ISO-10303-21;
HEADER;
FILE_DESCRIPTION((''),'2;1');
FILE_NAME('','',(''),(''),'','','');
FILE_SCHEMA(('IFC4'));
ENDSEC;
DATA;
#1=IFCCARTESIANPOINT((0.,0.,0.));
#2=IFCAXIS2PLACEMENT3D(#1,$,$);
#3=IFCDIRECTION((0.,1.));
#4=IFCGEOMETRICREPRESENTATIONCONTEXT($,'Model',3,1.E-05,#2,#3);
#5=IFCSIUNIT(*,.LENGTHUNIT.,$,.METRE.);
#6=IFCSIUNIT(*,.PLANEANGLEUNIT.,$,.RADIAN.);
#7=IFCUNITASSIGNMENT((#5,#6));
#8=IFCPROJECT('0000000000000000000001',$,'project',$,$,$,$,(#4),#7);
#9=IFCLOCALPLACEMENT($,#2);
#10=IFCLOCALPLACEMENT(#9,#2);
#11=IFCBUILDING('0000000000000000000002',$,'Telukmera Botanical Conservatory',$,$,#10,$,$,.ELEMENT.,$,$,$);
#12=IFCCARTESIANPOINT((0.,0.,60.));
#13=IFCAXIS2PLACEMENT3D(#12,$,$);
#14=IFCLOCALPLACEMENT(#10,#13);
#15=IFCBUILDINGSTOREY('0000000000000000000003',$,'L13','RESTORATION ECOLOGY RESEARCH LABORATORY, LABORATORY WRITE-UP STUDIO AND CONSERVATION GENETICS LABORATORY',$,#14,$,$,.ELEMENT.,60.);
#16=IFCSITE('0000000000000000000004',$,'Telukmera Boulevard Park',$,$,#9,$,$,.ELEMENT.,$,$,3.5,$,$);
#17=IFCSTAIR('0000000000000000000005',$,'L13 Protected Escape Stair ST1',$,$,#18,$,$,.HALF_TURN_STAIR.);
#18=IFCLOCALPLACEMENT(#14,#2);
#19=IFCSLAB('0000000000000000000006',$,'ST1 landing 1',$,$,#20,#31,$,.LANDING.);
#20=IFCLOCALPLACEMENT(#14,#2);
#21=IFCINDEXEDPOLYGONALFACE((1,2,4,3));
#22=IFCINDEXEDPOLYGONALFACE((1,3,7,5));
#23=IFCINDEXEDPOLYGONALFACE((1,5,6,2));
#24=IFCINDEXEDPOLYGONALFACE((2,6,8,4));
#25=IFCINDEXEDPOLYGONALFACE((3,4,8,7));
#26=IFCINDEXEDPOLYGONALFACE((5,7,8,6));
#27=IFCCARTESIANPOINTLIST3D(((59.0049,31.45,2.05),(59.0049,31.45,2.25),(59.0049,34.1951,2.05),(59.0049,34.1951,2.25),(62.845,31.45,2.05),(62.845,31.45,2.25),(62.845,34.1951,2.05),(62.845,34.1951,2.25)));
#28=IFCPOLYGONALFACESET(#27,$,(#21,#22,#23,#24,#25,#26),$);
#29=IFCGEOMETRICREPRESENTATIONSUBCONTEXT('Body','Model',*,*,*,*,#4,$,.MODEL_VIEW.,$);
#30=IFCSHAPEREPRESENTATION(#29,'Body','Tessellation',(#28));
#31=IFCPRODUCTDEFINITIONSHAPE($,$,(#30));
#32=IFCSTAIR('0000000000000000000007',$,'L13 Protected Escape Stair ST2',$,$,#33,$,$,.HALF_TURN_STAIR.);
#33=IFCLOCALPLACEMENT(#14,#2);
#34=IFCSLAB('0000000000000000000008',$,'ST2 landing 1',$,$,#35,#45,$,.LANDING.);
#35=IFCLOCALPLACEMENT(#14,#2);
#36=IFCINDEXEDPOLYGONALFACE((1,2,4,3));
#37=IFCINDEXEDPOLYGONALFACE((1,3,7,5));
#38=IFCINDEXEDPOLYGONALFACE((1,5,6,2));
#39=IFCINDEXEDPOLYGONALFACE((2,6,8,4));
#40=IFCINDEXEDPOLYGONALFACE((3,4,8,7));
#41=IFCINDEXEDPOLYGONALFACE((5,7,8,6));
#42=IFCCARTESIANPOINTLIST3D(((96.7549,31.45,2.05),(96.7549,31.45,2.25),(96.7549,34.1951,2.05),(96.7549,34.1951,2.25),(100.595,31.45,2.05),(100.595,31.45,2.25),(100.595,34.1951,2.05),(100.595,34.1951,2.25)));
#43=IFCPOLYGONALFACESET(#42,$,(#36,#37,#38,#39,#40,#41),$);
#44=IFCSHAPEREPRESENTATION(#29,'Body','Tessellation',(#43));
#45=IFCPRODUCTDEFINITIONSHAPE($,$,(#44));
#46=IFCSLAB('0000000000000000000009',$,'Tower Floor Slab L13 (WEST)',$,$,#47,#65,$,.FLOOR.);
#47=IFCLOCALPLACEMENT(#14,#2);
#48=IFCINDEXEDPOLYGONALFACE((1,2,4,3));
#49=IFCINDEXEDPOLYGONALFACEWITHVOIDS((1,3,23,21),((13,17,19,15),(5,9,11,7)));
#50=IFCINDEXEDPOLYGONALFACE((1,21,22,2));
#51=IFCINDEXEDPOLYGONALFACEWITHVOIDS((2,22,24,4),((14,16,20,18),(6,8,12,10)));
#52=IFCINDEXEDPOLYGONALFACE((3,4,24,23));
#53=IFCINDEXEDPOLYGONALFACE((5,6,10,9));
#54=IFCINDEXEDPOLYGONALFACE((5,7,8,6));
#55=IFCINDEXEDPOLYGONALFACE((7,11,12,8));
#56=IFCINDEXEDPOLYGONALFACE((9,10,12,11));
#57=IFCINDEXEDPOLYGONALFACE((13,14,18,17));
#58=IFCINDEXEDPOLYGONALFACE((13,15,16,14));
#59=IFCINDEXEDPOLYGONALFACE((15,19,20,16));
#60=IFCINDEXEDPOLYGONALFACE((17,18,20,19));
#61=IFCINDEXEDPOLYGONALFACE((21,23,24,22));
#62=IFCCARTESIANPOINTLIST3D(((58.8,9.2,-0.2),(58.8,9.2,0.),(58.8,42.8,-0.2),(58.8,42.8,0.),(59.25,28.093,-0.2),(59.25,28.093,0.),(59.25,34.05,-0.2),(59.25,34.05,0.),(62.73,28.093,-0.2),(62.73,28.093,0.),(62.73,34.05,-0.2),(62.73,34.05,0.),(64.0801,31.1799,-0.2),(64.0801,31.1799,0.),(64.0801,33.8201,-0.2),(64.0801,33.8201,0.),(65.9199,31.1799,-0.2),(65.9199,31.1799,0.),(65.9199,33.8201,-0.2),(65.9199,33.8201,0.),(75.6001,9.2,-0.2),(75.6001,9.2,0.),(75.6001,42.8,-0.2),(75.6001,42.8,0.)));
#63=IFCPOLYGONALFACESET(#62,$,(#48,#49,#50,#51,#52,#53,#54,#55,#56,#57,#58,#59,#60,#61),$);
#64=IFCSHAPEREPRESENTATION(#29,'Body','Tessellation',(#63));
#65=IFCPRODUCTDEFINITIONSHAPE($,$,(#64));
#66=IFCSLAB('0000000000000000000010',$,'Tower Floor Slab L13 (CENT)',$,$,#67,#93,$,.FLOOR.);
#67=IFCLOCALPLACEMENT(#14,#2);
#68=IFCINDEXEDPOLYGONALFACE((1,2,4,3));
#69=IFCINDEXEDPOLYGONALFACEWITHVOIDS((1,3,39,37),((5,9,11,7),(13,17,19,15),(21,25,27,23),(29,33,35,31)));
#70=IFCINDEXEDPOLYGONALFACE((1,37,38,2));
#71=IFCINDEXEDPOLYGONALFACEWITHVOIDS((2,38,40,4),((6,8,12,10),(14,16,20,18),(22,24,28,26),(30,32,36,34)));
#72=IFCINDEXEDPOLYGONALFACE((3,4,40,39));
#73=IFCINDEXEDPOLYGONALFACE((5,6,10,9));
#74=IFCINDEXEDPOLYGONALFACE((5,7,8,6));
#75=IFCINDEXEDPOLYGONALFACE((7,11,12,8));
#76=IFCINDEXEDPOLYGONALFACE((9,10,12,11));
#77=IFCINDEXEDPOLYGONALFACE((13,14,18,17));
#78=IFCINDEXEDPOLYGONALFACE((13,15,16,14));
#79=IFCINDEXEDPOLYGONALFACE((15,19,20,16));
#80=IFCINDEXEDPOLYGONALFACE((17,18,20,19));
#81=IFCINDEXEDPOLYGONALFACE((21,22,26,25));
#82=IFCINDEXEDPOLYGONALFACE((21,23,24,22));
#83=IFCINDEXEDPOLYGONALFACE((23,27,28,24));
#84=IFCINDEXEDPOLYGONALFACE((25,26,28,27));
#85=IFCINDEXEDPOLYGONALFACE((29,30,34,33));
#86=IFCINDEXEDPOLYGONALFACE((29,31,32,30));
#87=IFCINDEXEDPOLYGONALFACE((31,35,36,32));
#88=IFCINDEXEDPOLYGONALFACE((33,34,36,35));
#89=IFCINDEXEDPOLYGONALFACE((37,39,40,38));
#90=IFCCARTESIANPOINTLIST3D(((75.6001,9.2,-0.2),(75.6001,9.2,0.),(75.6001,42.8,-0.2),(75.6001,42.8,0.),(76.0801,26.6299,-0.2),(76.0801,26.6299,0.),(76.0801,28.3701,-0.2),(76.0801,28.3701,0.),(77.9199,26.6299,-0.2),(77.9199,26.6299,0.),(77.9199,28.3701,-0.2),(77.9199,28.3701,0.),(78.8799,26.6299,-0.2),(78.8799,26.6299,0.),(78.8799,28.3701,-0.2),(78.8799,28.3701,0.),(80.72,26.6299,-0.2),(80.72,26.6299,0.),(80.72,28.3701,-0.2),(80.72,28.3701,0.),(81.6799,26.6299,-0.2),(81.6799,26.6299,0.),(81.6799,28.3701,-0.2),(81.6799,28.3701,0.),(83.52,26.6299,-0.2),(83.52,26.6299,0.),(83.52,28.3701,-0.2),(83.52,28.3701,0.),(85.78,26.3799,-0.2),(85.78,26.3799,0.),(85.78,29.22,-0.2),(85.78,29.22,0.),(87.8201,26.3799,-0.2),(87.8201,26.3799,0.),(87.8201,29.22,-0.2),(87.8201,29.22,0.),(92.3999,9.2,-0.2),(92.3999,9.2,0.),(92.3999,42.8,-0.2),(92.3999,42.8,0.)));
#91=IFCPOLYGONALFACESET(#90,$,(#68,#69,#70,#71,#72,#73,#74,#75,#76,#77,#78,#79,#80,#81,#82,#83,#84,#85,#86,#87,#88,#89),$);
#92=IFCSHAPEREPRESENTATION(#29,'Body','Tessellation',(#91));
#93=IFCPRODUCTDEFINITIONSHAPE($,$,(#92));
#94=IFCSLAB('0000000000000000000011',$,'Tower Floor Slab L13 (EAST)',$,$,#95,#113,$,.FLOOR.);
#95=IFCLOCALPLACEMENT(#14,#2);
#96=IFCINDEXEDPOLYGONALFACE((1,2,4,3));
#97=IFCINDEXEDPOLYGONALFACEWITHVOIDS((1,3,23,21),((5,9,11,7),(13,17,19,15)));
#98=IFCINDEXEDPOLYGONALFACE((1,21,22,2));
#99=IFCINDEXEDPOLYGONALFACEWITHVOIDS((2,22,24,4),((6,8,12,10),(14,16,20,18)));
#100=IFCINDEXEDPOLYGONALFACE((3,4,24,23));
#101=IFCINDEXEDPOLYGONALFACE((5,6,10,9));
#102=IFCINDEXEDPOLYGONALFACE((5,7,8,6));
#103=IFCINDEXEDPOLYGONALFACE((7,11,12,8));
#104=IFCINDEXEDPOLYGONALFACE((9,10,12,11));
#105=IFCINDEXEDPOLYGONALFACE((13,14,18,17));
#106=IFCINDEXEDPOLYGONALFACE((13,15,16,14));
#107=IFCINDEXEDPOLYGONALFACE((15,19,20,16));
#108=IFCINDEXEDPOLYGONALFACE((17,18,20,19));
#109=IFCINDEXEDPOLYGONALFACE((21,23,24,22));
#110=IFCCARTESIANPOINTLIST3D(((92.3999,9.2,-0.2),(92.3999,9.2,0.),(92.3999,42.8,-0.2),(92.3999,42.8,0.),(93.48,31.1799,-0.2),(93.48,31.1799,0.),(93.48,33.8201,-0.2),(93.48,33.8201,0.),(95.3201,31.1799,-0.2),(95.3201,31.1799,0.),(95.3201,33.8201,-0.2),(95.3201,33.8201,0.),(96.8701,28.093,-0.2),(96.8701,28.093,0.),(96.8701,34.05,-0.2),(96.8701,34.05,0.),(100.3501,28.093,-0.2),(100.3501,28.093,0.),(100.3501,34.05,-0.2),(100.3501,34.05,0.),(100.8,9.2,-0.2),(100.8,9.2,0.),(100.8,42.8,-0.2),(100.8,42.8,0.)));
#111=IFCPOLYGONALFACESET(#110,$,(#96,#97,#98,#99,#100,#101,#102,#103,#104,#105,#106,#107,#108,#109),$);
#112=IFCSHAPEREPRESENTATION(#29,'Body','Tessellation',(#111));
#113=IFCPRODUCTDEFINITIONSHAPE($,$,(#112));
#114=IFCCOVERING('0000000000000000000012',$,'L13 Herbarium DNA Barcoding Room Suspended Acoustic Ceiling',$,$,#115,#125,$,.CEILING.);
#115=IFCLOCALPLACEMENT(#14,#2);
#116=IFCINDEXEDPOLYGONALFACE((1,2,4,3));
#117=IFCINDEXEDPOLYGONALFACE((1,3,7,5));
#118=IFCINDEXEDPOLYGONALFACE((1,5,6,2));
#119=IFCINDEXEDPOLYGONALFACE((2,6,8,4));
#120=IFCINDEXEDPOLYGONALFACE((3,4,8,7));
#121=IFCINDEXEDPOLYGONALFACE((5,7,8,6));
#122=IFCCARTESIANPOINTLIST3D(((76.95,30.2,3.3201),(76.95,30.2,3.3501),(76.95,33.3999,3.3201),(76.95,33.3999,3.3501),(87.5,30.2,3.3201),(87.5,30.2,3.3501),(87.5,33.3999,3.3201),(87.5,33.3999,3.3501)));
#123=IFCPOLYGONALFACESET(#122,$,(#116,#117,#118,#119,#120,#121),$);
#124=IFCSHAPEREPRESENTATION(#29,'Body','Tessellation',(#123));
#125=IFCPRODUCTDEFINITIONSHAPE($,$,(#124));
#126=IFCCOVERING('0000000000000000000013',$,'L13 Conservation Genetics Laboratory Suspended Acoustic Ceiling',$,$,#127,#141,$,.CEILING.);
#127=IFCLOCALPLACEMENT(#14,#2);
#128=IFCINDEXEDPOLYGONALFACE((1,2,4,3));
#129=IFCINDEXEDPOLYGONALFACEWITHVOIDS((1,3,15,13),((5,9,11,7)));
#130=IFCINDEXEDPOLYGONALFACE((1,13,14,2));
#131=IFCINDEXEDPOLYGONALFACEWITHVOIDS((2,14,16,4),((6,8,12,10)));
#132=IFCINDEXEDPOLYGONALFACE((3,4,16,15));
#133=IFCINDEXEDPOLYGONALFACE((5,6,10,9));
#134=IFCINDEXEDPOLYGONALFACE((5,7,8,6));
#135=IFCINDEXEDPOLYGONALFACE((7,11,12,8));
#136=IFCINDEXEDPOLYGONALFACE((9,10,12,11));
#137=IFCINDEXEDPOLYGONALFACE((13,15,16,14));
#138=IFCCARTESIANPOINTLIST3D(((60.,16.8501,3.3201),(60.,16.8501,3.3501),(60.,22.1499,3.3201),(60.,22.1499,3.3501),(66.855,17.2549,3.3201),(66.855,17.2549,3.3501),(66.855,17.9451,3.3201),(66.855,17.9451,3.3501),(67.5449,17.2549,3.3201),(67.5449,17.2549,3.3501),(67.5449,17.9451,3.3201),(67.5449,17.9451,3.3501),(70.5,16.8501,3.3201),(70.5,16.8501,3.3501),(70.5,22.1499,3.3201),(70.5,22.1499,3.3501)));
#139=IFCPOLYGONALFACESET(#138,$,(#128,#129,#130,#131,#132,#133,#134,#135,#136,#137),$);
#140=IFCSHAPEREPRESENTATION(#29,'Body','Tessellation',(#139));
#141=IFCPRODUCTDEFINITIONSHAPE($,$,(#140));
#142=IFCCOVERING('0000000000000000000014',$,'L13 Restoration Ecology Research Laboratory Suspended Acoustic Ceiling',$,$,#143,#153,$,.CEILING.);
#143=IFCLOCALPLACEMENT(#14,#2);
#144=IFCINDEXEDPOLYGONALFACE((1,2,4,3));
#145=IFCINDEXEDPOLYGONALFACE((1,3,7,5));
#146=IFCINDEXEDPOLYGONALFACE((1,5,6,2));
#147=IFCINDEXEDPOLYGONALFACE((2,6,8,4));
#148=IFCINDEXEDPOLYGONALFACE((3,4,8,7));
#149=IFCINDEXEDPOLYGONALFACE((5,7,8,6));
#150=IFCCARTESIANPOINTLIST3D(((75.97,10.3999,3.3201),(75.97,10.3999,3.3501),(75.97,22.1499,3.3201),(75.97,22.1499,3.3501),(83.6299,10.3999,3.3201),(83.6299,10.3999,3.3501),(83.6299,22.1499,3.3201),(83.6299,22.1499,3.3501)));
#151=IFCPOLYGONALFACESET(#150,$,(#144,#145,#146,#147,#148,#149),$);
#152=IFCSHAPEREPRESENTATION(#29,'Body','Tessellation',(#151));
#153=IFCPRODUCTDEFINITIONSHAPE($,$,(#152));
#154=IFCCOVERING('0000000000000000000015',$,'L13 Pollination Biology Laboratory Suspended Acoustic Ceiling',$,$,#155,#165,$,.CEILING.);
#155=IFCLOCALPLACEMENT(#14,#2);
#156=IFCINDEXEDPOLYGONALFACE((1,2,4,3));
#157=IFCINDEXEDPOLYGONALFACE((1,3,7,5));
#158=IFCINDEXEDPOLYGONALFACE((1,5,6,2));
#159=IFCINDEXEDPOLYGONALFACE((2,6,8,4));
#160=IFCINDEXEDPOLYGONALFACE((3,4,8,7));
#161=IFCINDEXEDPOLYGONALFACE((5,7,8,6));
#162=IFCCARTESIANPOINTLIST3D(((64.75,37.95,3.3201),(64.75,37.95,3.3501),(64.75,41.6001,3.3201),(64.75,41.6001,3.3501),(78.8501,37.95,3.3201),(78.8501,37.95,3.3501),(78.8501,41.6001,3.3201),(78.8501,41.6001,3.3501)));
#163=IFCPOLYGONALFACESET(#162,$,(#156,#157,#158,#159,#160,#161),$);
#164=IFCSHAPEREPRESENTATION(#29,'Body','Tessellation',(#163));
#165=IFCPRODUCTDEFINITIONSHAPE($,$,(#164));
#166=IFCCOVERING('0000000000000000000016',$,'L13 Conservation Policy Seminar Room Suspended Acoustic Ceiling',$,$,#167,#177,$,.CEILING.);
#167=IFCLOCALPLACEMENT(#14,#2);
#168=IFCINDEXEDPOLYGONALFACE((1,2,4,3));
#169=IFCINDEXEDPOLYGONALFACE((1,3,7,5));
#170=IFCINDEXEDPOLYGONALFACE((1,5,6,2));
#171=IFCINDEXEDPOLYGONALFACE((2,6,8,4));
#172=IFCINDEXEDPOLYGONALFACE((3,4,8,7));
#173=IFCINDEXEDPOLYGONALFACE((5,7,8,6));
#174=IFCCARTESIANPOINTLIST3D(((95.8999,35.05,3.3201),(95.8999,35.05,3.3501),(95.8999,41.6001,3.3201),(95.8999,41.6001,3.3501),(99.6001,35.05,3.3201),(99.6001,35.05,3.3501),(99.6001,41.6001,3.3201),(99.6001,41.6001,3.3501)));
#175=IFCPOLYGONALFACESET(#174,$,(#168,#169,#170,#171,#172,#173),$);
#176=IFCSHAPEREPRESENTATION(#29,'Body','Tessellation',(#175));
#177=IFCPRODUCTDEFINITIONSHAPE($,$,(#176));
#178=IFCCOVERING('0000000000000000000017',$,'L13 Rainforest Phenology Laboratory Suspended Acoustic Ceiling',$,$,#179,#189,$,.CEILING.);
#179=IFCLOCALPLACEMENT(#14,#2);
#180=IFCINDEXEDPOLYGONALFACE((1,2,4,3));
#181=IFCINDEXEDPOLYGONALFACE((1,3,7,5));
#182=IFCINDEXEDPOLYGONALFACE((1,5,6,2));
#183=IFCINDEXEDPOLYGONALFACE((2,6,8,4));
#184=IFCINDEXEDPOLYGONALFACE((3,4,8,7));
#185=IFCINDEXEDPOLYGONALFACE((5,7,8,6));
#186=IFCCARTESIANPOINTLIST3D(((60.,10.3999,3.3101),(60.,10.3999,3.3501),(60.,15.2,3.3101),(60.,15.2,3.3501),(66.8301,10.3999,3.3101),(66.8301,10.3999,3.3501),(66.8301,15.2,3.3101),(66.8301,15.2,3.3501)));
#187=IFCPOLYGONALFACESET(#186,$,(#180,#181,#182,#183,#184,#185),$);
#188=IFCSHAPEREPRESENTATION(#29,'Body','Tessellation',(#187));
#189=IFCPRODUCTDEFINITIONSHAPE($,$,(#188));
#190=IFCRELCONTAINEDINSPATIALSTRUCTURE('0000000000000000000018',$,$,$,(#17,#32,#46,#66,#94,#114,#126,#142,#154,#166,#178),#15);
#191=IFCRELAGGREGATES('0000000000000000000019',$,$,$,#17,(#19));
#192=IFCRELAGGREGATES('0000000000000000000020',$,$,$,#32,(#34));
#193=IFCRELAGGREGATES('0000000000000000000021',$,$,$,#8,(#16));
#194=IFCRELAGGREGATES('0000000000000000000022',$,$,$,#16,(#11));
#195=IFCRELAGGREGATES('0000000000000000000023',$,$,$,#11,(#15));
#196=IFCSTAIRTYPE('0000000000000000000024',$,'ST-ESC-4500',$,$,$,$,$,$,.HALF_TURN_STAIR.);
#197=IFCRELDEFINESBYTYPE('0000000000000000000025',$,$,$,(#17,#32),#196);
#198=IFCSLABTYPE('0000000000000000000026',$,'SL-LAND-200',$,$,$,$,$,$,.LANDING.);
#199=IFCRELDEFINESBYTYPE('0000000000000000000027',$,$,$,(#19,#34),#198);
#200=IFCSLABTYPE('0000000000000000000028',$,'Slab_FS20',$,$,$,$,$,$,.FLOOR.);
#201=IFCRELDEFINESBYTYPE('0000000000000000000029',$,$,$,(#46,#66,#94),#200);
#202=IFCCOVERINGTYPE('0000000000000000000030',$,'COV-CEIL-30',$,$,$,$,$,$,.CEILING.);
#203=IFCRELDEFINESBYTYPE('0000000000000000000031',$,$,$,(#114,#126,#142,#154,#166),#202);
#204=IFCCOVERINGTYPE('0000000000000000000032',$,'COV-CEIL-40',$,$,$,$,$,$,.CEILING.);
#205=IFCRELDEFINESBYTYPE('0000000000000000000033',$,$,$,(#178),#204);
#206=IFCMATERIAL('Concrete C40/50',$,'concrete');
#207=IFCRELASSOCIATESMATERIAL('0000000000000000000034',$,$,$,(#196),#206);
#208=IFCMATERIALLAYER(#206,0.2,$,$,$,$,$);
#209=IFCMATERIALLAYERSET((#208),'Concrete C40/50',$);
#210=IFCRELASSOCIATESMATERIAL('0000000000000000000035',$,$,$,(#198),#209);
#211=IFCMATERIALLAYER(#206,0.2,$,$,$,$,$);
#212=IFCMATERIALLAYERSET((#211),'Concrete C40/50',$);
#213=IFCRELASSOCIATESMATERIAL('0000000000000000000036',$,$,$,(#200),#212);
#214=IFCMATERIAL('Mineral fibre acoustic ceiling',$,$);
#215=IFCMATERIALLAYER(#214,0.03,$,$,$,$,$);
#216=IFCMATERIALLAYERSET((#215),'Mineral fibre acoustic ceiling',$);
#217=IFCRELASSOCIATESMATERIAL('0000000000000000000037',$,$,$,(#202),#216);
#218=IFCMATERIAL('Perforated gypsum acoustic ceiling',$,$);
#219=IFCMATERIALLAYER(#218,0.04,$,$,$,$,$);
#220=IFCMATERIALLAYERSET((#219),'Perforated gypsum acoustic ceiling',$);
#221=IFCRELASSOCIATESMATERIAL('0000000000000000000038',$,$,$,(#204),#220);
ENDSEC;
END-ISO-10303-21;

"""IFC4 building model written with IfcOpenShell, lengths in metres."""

from ifc_helpers import new_model, si_unit, direction, frame, origin, place, context, subcontext, project, spatial, polyline, outline, extrude, material, layer, layer_set, type_object, element, aggregate, save


model = new_model("IFC4")

# Units and contexts
model_context = context("Model", 3, precision=1e-05, world=origin(), true_north=direction((0.0, 1.0)))
body_context = subcontext(model_context, "Body", "Model", "MODEL_VIEW")
ifc_project = project(units=[si_unit("LENGTHUNIT", "METRE"), si_unit("PLANEANGLEUNIT", "RADIAN")], contexts=[model_context])

# Site, building, storey
site_placement = place(None, origin())
site = spatial("IfcSite", under=ifc_project, at=site_placement, Name="Telukmera Boulevard Park", CompositionType="ELEMENT", RefElevation=3.5)
building_placement = place(site_placement, origin())
building = spatial("IfcBuilding", under=site, at=building_placement, Name="Telukmera Botanical Conservatory", CompositionType="ELEMENT")
storey_placement = place(building_placement, frame((0.0, 0.0, 60.0)))
storey = spatial("IfcBuildingStorey", under=building, at=storey_placement, Name="L13", Description="RESTORATION ECOLOGY RESEARCH LABORATORY, LABORATORY WRITE-UP STUDIO AND CONSERVATION GENETICS LABORATORY", CompositionType="ELEMENT", Elevation=60.0)

# Stairs, slabs
ifc_material_1 = material(Name="Concrete C40/50", Category="concrete")
stair_type = type_object("IfcStairType", Name="ST-ESC-4500", PredefinedType="HALF_TURN_STAIR", material=ifc_material_1)
stair_1_placement = place(storey_placement, origin())
stair_1 = element("IfcStair", 1, at=stair_1_placement, inside=storey, type_object=stair_type, Name="L13 Protected Escape Stair ST1", PredefinedType="HALF_TURN_STAIR")
ifc_layer_1 = layer(ifc_material_1, 0.2)
ifc_layer_set_1 = layer_set([ifc_layer_1], Name="Concrete C40/50")
slab_type_1 = type_object("IfcSlabType", Name="SL-LAND-200", PredefinedType="LANDING", material=ifc_layer_set_1)
slab_1_placement = place(storey_placement, frame((0.0, 0.0, 2.05)))
slab_1 = element("IfcSlab", 2, at=slab_1_placement, type_object=slab_type_1, Name="ST1 landing 1", PredefinedType="LANDING", context=body_context, shape_type="SweptSolid", body=[
    extrude(outline(polyline([(59.0049, 31.45), (62.845, 31.45), (62.845, 34.1951), (59.0049, 34.1951), (59.0049, 31.45)])), origin(), (0.0, 0.0, 1.0), 0.2),
])
aggregate(stair_1, [slab_1])
stair_2_placement = place(storey_placement, origin())
stair_2 = element("IfcStair", 3, at=stair_2_placement, inside=storey, type_object=stair_type, Name="L13 Protected Escape Stair ST2", PredefinedType="HALF_TURN_STAIR")
slab_2_placement = place(storey_placement, frame((0.0, 0.0, 2.05)))
slab_2 = element("IfcSlab", 4, at=slab_2_placement, type_object=slab_type_1, Name="ST2 landing 1", PredefinedType="LANDING", context=body_context, shape_type="SweptSolid", body=[
    extrude(outline(polyline([(96.7549, 31.45), (100.595, 31.45), (100.595, 34.1951), (96.7549, 34.1951), (96.7549, 31.45)])), origin(), (0.0, 0.0, 1.0), 0.2),
])
aggregate(stair_2, [slab_2])

# Slabs
ifc_layer_2 = layer(ifc_material_1, 0.2)
ifc_layer_set_2 = layer_set([ifc_layer_2], Name="Concrete C40/50")
slab_type_2 = type_object("IfcSlabType", Name="Slab_FS20", PredefinedType="FLOOR", material=ifc_layer_set_2)
slab_3_placement = place(storey_placement, frame((0.0, 0.0, -0.2)))
element("IfcSlab", 5, at=slab_3_placement, inside=storey, type_object=slab_type_2, Name="Tower Floor Slab L13 (WEST)", PredefinedType="FLOOR", context=body_context, shape_type="SweptSolid", body=[
    extrude(outline(polyline([(58.8, 9.2), (75.6001, 9.2), (75.6001, 42.8), (58.8, 42.8), (58.8, 9.2)]), holes=[polyline([(62.73, 28.093), (62.73, 34.05), (59.25, 34.05), (59.25, 28.093), (62.73, 28.093)]), polyline([(64.0801, 31.1799), (65.9199, 31.1799), (65.9199, 33.8201), (64.0801, 33.8201), (64.0801, 31.1799)])]), origin(), (0.0, 0.0, 1.0), 0.2),
])
slab_4_placement = place(storey_placement, frame((0.0, 0.0, -0.2)))
element("IfcSlab", 6, at=slab_4_placement, inside=storey, type_object=slab_type_2, Name="Tower Floor Slab L13 (CENT)", PredefinedType="FLOOR", context=body_context, shape_type="SweptSolid", body=[
    extrude(outline(polyline([(75.6001, 9.2), (92.3999, 9.2), (92.3999, 42.8), (75.6001, 42.8), (75.6001, 9.2)]), holes=[polyline([(85.78, 26.3799), (87.8201, 26.3799), (87.8201, 29.22), (85.78, 29.22), (85.78, 26.3799)]), polyline([(76.0801, 26.6299), (77.9199, 26.6299), (77.9199, 28.3701), (76.0801, 28.3701), (76.0801, 26.6299)]), polyline([(78.8799, 26.6299), (80.72, 26.6299), (80.72, 28.3701), (78.8799, 28.3701), (78.8799, 26.6299)]), polyline([(81.6799, 26.6299), (83.52, 26.6299), (83.52, 28.3701), (81.6799, 28.3701), (81.6799, 26.6299)])]), origin(), (0.0, 0.0, 1.0), 0.2),
])
slab_5_placement = place(storey_placement, frame((0.0, 0.0, -0.2)))
element("IfcSlab", 7, at=slab_5_placement, inside=storey, type_object=slab_type_2, Name="Tower Floor Slab L13 (EAST)", PredefinedType="FLOOR", context=body_context, shape_type="SweptSolid", body=[
    extrude(outline(polyline([(92.3999, 9.2), (100.8, 9.2), (100.8, 42.8), (92.3999, 42.8), (92.3999, 9.2)]), holes=[polyline([(100.3501, 28.093), (100.3501, 34.05), (96.8701, 34.05), (96.8701, 28.093), (100.3501, 28.093)]), polyline([(93.48, 31.1799), (95.3201, 31.1799), (95.3201, 33.8201), (93.48, 33.8201), (93.48, 31.1799)])]), origin(), (0.0, 0.0, 1.0), 0.2),
])

# Coverings
ifc_material_2 = material(Name="Mineral fibre acoustic ceiling")
ifc_layer_3 = layer(ifc_material_2, 0.03)
ifc_layer_set_3 = layer_set([ifc_layer_3], Name="Mineral fibre acoustic ceiling")
covering_type_1 = type_object("IfcCoveringType", Name="COV-CEIL-30", PredefinedType="CEILING", material=ifc_layer_set_3)
covering_1_placement = place(storey_placement, frame((0.0, 0.0, 3.3201)))
element("IfcCovering", 8, at=covering_1_placement, inside=storey, type_object=covering_type_1, Name="L13 Herbarium DNA Barcoding Room Suspended Acoustic Ceiling", PredefinedType="CEILING", context=body_context, shape_type="SweptSolid", body=[
    extrude(outline(polyline([(76.95, 30.2), (87.5, 30.2), (87.5, 33.3999), (76.95, 33.3999), (76.95, 30.2)])), origin(), (0.0, 0.0, 1.0), 0.03),
])
covering_2_placement = place(storey_placement, frame((0.0, 0.0, 3.3201)))
element("IfcCovering", 9, at=covering_2_placement, inside=storey, type_object=covering_type_1, Name="L13 Conservation Genetics Laboratory Suspended Acoustic Ceiling", PredefinedType="CEILING", context=body_context, shape_type="SweptSolid", body=[
    extrude(outline(polyline([(60.0, 16.8501), (70.5, 16.8501), (70.5, 22.1499), (60.0, 22.1499), (60.0, 16.8501)]), holes=[polyline([(66.855, 17.2549), (67.5449, 17.2549), (67.5449, 17.9451), (66.855, 17.9451), (66.855, 17.2549)])]), origin(), (0.0, 0.0, 1.0), 0.03),
])
covering_3_placement = place(storey_placement, frame((0.0, 0.0, 3.3201)))
element("IfcCovering", 10, at=covering_3_placement, inside=storey, type_object=covering_type_1, Name="L13 Restoration Ecology Research Laboratory Suspended Acoustic Ceiling", PredefinedType="CEILING", context=body_context, shape_type="SweptSolid", body=[
    extrude(outline(polyline([(75.97, 10.3999), (83.6299, 10.3999), (83.6299, 22.1499), (75.97, 22.1499), (75.97, 10.3999)])), origin(), (0.0, 0.0, 1.0), 0.03),
])
covering_4_placement = place(storey_placement, frame((0.0, 0.0, 3.3201)))
element("IfcCovering", 11, at=covering_4_placement, inside=storey, type_object=covering_type_1, Name="L13 Pollination Biology Laboratory Suspended Acoustic Ceiling", PredefinedType="CEILING", context=body_context, shape_type="SweptSolid", body=[
    extrude(outline(polyline([(64.75, 37.95), (78.8501, 37.95), (78.8501, 41.6001), (64.75, 41.6001), (64.75, 37.95)])), origin(), (0.0, 0.0, 1.0), 0.03),
])
covering_5_placement = place(storey_placement, frame((0.0, 0.0, 3.3201)))
element("IfcCovering", 12, at=covering_5_placement, inside=storey, type_object=covering_type_1, Name="L13 Conservation Policy Seminar Room Suspended Acoustic Ceiling", PredefinedType="CEILING", context=body_context, shape_type="SweptSolid", body=[
    extrude(outline(polyline([(95.8999, 35.05), (99.6001, 35.05), (99.6001, 41.6001), (95.8999, 41.6001), (95.8999, 35.05)])), origin(), (0.0, 0.0, 1.0), 0.03),
])
ifc_material_3 = material(Name="Perforated gypsum acoustic ceiling")
ifc_layer_4 = layer(ifc_material_3, 0.04)
ifc_layer_set_4 = layer_set([ifc_layer_4], Name="Perforated gypsum acoustic ceiling")
covering_type_2 = type_object("IfcCoveringType", Name="COV-CEIL-40", PredefinedType="CEILING", material=ifc_layer_set_4)
covering_6_placement = place(storey_placement, frame((0.0, 0.0, 3.3101)))
element("IfcCovering", 13, at=covering_6_placement, inside=storey, type_object=covering_type_2, Name="L13 Rainforest Phenology Laboratory Suspended Acoustic Ceiling", PredefinedType="CEILING", context=body_context, shape_type="SweptSolid", body=[
    extrude(outline(polyline([(60.0, 10.3999), (66.8301, 10.3999), (66.8301, 15.2), (60.0, 15.2), (60.0, 10.3999)])), origin(), (0.0, 0.0, 1.0), 0.04),
])

save(model, "model.ifc")
